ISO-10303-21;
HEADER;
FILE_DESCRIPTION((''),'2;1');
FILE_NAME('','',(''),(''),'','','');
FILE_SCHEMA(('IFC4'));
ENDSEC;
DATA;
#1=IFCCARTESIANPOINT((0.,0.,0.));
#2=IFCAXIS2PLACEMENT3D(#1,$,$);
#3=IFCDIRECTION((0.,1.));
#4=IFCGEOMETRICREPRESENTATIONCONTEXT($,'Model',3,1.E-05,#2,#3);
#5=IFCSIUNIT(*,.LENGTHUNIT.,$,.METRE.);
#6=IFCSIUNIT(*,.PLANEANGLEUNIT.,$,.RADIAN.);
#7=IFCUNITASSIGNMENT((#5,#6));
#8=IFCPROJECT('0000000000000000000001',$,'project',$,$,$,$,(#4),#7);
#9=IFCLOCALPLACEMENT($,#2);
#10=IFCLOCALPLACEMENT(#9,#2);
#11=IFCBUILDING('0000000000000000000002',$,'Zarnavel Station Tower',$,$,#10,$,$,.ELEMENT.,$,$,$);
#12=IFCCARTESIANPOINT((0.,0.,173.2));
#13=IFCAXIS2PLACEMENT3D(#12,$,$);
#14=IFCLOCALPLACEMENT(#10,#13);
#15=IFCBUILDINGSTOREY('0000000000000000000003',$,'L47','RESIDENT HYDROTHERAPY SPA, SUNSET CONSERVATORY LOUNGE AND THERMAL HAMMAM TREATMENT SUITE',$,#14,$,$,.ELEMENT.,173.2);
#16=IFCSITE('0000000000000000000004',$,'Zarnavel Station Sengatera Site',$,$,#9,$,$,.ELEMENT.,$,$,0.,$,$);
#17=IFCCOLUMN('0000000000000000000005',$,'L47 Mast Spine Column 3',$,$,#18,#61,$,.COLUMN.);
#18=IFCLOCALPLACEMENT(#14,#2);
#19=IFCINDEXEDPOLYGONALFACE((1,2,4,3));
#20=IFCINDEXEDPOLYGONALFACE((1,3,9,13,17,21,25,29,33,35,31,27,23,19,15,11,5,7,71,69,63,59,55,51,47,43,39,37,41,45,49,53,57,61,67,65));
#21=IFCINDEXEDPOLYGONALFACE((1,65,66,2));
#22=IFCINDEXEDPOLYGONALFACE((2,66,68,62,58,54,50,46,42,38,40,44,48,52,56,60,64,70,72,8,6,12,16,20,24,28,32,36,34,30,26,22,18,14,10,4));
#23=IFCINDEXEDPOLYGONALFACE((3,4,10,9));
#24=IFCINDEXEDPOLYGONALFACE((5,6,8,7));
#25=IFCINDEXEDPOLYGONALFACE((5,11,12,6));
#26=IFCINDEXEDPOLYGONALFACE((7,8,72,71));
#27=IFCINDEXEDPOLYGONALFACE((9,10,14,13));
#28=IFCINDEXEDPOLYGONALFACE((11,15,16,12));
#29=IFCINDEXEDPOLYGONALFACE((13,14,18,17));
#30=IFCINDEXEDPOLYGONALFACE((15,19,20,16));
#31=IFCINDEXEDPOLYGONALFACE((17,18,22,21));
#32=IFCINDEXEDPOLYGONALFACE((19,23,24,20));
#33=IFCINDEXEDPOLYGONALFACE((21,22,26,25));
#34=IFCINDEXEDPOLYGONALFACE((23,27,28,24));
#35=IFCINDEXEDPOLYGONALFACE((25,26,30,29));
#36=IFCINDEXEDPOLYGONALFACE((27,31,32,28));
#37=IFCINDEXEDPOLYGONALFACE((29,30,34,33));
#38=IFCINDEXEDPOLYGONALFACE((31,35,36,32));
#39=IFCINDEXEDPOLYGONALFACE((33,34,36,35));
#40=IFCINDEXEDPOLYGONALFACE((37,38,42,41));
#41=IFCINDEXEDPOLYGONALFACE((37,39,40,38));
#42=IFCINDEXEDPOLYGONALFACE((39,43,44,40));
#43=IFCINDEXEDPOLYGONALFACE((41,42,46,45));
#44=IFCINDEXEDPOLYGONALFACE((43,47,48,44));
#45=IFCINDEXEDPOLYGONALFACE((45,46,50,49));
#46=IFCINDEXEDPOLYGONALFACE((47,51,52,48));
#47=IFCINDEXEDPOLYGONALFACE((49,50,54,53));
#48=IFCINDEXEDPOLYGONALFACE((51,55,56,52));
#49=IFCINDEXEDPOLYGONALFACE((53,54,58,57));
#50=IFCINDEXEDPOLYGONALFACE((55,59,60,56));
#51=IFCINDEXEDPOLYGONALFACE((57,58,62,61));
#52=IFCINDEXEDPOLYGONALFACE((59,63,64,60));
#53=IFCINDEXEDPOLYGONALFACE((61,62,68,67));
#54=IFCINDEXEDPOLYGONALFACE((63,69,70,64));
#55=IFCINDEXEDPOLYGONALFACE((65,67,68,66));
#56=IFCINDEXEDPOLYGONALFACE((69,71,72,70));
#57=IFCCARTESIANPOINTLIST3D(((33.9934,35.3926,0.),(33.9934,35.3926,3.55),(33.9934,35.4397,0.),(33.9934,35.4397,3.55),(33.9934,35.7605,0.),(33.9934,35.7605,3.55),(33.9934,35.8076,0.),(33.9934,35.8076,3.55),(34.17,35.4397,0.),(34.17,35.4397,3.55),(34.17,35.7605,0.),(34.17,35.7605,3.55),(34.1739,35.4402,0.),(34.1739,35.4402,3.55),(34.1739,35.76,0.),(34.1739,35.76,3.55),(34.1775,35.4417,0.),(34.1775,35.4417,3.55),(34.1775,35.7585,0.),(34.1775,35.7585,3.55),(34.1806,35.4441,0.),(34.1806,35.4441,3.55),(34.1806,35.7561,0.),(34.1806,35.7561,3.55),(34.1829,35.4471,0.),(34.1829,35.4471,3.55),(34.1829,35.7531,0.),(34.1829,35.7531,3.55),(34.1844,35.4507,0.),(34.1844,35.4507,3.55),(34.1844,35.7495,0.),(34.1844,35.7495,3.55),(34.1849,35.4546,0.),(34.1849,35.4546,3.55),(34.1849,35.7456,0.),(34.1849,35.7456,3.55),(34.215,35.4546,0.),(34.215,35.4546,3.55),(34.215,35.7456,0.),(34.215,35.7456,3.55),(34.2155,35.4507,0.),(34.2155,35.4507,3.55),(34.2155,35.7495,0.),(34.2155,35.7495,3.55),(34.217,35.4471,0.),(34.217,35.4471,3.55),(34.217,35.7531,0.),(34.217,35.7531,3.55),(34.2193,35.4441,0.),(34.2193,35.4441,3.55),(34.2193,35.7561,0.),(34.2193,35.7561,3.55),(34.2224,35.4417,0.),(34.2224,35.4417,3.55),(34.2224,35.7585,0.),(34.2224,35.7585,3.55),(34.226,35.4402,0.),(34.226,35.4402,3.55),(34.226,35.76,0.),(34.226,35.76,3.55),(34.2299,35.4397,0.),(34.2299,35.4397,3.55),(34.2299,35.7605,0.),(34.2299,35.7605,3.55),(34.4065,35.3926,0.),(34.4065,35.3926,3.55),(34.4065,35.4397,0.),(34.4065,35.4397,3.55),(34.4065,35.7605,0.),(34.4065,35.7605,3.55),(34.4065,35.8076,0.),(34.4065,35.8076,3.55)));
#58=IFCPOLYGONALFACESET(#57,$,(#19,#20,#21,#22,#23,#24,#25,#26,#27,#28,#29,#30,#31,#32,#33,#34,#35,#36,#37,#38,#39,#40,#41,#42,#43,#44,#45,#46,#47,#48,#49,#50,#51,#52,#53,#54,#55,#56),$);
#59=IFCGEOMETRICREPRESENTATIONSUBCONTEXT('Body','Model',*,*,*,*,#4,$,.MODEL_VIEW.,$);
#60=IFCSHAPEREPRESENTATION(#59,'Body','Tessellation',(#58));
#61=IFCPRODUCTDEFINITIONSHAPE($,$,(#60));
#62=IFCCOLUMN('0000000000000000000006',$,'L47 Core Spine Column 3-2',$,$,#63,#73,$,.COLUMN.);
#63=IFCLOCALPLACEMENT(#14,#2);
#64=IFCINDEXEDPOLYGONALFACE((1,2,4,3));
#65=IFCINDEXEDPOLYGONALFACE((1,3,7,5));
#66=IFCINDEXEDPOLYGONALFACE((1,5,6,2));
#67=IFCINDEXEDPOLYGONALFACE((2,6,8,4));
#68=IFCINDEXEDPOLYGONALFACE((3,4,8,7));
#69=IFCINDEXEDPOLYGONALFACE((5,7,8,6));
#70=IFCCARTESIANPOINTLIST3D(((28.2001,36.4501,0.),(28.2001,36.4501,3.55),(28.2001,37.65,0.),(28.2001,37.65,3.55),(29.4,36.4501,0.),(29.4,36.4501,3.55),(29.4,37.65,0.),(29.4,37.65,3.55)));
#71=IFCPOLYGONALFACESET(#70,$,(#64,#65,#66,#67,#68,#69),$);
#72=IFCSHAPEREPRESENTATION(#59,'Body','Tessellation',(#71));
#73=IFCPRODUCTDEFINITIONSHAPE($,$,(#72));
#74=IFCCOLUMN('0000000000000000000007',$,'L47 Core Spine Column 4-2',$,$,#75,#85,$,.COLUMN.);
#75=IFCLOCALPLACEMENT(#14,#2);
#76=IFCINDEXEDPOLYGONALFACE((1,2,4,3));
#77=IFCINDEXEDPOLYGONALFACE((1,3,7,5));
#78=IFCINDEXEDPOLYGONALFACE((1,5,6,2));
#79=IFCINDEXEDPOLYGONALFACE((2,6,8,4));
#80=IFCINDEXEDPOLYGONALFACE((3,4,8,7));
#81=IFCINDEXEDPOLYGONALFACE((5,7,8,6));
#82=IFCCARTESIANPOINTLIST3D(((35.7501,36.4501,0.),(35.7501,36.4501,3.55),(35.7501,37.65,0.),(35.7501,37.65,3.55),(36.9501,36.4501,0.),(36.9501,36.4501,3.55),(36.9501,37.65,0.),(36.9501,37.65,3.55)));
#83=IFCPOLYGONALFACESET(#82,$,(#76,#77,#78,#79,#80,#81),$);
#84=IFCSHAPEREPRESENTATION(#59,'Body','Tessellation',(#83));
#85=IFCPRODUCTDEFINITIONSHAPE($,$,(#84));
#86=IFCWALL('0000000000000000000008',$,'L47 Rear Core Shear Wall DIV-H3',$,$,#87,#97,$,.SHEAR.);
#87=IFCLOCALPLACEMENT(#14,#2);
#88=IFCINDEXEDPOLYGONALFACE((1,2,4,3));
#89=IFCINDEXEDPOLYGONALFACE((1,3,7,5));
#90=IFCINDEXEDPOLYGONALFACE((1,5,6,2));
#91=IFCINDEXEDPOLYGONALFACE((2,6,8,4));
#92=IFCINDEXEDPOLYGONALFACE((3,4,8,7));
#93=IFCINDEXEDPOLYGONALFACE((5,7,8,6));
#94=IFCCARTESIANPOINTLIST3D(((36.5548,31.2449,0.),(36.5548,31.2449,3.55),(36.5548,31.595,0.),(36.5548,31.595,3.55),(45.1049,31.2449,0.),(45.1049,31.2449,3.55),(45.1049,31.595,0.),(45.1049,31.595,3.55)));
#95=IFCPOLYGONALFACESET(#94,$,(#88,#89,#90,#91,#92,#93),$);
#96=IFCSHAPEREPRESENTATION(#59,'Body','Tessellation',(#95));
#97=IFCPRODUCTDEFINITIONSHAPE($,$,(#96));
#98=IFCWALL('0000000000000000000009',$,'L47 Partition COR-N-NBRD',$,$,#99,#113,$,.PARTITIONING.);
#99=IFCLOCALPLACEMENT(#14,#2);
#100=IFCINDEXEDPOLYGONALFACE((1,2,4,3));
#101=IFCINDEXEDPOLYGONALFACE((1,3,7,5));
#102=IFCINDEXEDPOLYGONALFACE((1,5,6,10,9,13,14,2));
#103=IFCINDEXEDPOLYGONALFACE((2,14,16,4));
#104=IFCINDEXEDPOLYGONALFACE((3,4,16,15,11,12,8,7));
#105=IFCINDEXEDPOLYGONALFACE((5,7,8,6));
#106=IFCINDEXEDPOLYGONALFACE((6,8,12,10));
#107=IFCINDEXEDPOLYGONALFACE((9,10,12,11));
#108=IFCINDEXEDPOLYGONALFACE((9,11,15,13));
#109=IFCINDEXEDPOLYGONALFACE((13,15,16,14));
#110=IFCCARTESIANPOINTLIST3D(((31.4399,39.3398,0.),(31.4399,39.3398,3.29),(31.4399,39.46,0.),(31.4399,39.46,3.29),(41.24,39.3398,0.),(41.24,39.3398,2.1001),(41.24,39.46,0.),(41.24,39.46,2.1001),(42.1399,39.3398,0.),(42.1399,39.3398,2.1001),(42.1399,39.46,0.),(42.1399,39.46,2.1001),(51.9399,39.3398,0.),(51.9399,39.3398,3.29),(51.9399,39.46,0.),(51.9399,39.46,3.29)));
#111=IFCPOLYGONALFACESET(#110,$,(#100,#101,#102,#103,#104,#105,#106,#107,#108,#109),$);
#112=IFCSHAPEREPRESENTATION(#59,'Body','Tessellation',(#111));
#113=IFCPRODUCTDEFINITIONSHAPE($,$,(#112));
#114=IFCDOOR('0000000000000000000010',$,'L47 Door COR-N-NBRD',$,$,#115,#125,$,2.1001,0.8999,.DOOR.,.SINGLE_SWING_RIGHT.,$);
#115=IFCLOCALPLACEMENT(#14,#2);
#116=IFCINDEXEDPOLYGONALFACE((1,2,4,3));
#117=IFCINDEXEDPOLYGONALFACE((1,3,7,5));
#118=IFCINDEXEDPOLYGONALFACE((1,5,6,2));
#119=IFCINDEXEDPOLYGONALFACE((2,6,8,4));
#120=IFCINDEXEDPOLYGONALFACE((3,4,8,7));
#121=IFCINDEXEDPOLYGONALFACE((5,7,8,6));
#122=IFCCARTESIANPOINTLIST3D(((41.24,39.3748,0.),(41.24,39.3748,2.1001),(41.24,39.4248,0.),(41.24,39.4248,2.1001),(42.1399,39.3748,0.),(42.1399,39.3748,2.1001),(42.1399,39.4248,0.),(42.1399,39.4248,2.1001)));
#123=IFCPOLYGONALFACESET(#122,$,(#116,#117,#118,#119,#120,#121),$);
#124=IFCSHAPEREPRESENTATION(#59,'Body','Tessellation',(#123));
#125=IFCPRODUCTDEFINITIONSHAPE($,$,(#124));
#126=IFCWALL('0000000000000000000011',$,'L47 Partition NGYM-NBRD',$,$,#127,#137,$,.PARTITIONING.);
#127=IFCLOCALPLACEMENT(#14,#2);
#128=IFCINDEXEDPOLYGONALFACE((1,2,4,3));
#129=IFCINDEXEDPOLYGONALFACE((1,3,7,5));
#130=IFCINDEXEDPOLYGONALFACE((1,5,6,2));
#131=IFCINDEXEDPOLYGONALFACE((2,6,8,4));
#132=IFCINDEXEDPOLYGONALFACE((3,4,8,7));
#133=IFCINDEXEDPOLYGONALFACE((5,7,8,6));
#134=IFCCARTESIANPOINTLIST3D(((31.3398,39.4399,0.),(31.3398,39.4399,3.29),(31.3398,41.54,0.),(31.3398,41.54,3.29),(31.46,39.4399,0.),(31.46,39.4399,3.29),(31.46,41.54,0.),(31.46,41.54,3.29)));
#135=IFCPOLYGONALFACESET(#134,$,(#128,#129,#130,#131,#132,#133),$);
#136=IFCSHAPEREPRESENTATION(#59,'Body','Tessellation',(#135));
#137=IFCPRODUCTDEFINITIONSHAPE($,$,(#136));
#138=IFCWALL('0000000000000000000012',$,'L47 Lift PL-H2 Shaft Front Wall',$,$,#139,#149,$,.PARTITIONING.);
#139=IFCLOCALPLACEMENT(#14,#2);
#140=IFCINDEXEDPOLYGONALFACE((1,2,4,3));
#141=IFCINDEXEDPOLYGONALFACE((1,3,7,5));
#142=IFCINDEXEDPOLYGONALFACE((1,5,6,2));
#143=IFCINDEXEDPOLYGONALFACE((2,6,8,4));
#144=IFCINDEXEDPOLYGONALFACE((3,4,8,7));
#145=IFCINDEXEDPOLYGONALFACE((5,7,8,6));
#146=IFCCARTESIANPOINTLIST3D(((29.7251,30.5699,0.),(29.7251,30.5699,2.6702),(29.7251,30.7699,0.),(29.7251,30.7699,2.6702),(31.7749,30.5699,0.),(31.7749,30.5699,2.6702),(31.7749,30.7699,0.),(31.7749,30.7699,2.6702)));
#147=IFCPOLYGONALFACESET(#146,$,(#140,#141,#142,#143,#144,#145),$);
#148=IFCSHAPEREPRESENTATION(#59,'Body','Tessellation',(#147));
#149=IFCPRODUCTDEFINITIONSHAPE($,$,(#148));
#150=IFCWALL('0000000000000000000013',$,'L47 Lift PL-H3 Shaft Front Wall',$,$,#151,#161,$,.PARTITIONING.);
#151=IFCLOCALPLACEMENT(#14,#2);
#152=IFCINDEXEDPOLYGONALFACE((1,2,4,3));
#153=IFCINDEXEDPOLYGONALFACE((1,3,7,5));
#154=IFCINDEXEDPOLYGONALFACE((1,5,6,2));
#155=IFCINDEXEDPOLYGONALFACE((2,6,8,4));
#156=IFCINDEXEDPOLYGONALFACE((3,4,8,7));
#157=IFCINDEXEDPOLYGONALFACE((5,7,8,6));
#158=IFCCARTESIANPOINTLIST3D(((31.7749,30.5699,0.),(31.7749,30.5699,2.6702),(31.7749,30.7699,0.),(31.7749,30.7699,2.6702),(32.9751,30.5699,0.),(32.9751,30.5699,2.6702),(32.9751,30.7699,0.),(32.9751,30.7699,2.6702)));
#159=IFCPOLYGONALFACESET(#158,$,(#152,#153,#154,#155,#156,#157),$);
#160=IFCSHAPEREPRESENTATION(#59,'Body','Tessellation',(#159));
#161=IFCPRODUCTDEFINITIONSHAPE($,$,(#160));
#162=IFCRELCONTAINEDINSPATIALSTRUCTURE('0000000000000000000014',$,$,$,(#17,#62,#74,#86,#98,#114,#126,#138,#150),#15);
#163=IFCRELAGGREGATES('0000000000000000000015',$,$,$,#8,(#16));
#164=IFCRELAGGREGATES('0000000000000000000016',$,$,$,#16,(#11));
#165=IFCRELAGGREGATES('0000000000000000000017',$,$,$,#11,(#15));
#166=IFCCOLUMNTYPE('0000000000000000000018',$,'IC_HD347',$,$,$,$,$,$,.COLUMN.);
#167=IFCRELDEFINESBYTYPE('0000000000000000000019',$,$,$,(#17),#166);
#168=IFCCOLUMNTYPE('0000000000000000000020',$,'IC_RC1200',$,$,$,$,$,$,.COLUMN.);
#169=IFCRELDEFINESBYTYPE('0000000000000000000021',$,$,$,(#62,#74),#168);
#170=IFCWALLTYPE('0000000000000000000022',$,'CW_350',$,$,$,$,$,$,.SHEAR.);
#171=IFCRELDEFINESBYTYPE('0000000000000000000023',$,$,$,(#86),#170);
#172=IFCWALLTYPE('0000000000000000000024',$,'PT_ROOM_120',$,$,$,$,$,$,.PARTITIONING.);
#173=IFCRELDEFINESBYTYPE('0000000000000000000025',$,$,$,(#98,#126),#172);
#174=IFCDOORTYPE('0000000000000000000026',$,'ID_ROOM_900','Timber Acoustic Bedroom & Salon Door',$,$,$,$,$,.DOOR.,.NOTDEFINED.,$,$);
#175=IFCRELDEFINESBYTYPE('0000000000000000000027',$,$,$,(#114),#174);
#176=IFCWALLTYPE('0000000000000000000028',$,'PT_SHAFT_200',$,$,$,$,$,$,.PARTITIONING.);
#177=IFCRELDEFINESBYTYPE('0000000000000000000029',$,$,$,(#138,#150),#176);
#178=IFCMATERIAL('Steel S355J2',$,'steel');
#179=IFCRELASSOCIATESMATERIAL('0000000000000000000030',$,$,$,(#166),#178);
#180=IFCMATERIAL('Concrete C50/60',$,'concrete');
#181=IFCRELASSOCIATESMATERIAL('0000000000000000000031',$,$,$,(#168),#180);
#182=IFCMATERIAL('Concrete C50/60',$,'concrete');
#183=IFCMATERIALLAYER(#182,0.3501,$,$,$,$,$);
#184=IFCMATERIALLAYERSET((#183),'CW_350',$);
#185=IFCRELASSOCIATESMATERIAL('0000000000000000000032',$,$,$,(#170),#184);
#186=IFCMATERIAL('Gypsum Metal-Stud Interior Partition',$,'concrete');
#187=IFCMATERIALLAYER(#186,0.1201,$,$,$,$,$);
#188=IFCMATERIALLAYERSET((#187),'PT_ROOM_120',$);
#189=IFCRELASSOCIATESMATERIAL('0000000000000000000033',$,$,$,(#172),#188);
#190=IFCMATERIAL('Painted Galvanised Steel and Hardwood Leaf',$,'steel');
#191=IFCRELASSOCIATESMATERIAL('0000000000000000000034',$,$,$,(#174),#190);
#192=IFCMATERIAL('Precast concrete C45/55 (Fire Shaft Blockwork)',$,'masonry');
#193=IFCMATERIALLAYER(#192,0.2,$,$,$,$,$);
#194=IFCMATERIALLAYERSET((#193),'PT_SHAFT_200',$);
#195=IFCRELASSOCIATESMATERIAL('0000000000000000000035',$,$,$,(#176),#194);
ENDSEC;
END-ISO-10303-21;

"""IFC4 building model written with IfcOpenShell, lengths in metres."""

from ifc_helpers import new_model, si_unit, direction, frame, frame_2d, origin, origin_2d, place, context, subcontext, project, spatial, rectangle, i_section, extrude, material, layer, layer_set, material_profile, profile_set, type_object, element, fill, save


model = new_model("IFC4")

# Units and contexts
model_context = context("Model", 3, precision=1e-05, world=origin(), true_north=direction((0.0, 1.0)))
body_context = subcontext(model_context, "Body", "Model", "MODEL_VIEW")
ifc_project = project(units=[si_unit("LENGTHUNIT", "METRE"), si_unit("PLANEANGLEUNIT", "RADIAN")], contexts=[model_context])

# Site, building, storey
site_placement = place(None, origin())
site = spatial("IfcSite", under=ifc_project, at=site_placement, Name="Zarnavel Station Sengatera Site", CompositionType="ELEMENT", RefElevation=0.0)
building_placement = place(site_placement, origin())
building = spatial("IfcBuilding", under=site, at=building_placement, Name="Zarnavel Station Tower", CompositionType="ELEMENT")
storey_placement = place(building_placement, frame((0.0, 0.0, 173.2)))
storey = spatial("IfcBuildingStorey", under=building, at=storey_placement, Name="L47", Description="RESIDENT HYDROTHERAPY SPA, SUNSET CONSERVATORY LOUNGE AND THERMAL HAMMAM TREATMENT SUITE", CompositionType="ELEMENT", Elevation=173.2)

# Columns
ifc_material_1 = material(Name="Steel S355J2", Category="steel")
ifc_material_profile_1 = material_profile(ifc_material_1, i_section(OverallWidth=0.4131, OverallDepth=0.415, WebThickness=0.03, FlangeThickness=0.0471, FilletRadius=0.0149, at=origin_2d()), Name="HD400x347")
ifc_profile_set_1 = profile_set([ifc_material_profile_1], Name="Steel S355J2")
column_type_1 = type_object("IfcColumnType", Name="IC_HD347", PredefinedType="COLUMN", material=ifc_profile_set_1)
column_placement = place(storey_placement, frame((34.2, 35.6001, 0.0), z_axis=(0.0, 0.0, 1.0), x_axis=(1.0, 0.0, 0.0)))
element("IfcColumn", 1, at=column_placement, inside=storey, type_object=column_type_1, Name="L47 Mast Spine Column 3", PredefinedType="COLUMN", context=body_context, shape_type="SweptSolid", body=[
    extrude(i_section(OverallWidth=0.4131, OverallDepth=0.415, WebThickness=0.03, FlangeThickness=0.0471, FilletRadius=0.0149, at=origin_2d()), origin(), (0.0, 0.0, 1.0), 3.55),
])
ifc_material_2 = material(Name="Concrete C50/60", Category="concrete")
ifc_material_profile_2 = material_profile(ifc_material_2, rectangle(XDim=1.2, YDim=1.2, at=origin_2d()), Name="RC1200x1200")
ifc_profile_set_2 = profile_set([ifc_material_profile_2], Name="Concrete C50/60")
column_type_2 = type_object("IfcColumnType", Name="IC_RC1200", PredefinedType="COLUMN", material=ifc_profile_set_2)
for number, where, z_axis, x_axis, name in (
    (2, (28.8, 37.05, 0.0), (0.0, 0.0, 1.0), (1.0, 0.0, 0.0), "L47 Core Spine Column 3-2"),
    (3, (36.3501, 37.05, 0.0), (0.0, 0.0, 1.0), (1.0, 0.0, 0.0), "L47 Core Spine Column 4-2"),
):
    element("IfcColumn", number, at=place(storey_placement, frame(where, z_axis=z_axis, x_axis=x_axis)), inside=storey, type_object=column_type_2, Name=name, PredefinedType="COLUMN", context=body_context, shape_type="SweptSolid", body=[
        extrude(rectangle(XDim=1.2, YDim=1.2, at=origin_2d()), origin(), (0.0, 0.0, 1.0), 3.55),
    ])

# Wall
ifc_material_3 = material(Name="Concrete C50/60", Category="concrete")
ifc_layer_1 = layer(ifc_material_3, 0.3501)
ifc_layer_set_1 = layer_set([ifc_layer_1], Name="CW_350")
wall_type_1 = type_object("IfcWallType", Name="CW_350", PredefinedType="SHEAR", material=ifc_layer_set_1)
wall_1_placement = place(storey_placement, frame((36.5549, 31.4199, 0.0), z_axis=(0.0, 0.0, 1.0), x_axis=(1.0, 0.0, 0.0)))
element("IfcWall", 4, at=wall_1_placement, inside=storey, type_object=wall_type_1, Name="L47 Rear Core Shear Wall DIV-H3", PredefinedType="SHEAR", context=body_context, shape_type="SweptSolid", body=[
    extrude(rectangle(XDim=8.55, YDim=0.3501, at=frame_2d((4.2749, 0.0))), origin(), (0.0, 0.0, 1.0), 3.55),
])

# Wall, opening, door
ifc_material_4 = material(Name="Gypsum Metal-Stud Interior Partition", Category="concrete")
ifc_layer_2 = layer(ifc_material_4, 0.1201)
ifc_layer_set_2 = layer_set([ifc_layer_2], Name="PT_ROOM_120")
wall_type_2 = type_object("IfcWallType", Name="PT_ROOM_120", PredefinedType="PARTITIONING", material=ifc_layer_set_2)
wall_2_placement = place(storey_placement, frame((31.4399, 39.3999, 0.0), z_axis=(0.0, 0.0, 1.0), x_axis=(1.0, 0.0, 0.0)))
wall_2 = element("IfcWall", 5, at=wall_2_placement, inside=storey, type_object=wall_type_2, Name="L47 Partition COR-N-NBRD", PredefinedType="PARTITIONING", context=body_context, shape_type="SweptSolid", body=[
    extrude(rectangle(XDim=20.5, YDim=0.1201, at=frame_2d((10.25, 0.0))), origin(), (0.0, 0.0, 1.0), 3.29),
])
opening_1_placement = place(wall_2_placement, frame((9.8, 0.0, 0.0)))
opening_1 = element("IfcOpeningElement", 6, at=opening_1_placement, cuts=wall_2, PredefinedType="OPENING", context=body_context, shape_type="SweptSolid", body=[
    extrude(rectangle(XDim=0.8999, YDim=2.1001, at=frame_2d((0.45, 1.05))), frame((0.0, 0.0701, 0.0), z_axis=(0.0, -1.0, 0.0), x_axis=(1.0, 0.0, 0.0)), (0.0, 0.0, 1.0), 0.1401),
])
ifc_material_5 = material(Name="Painted Galvanised Steel and Hardwood Leaf", Category="steel")
door_type_1 = type_object("IfcDoorType", Name="ID_ROOM_900", Description="Timber Acoustic Bedroom & Salon Door", OperationType="NOTDEFINED", PredefinedType="DOOR", material=ifc_material_5)
door_1_placement = place(opening_1_placement, origin())
door_1 = element("IfcDoor", 7, at=door_1_placement, inside=storey, type_object=door_type_1, Name="L47 Door COR-N-NBRD", OperationType="SINGLE_SWING_RIGHT", OverallHeight=2.1001, OverallWidth=0.8999, PredefinedType="DOOR", context=body_context, shape_type="SweptSolid", body=[
    extrude(rectangle(XDim=0.8999, YDim=2.1001, at=frame_2d((0.45, 1.05))), frame((0.0, 0.0249, 0.0), z_axis=(0.0, -1.0, 0.0), x_axis=(1.0, 0.0, 0.0)), (0.0, 0.0, 1.0), 0.05),
])
fill(opening_1, door_1)

# Wall
wall_3_placement = place(storey_placement, frame((31.3999, 39.4399, 0.0), z_axis=(0.0, 0.0, 1.0), x_axis=(0.0, 1.0, 0.0)))
element("IfcWall", 8, at=wall_3_placement, inside=storey, type_object=wall_type_2, Name="L47 Partition NGYM-NBRD", PredefinedType="PARTITIONING", context=body_context, shape_type="SweptSolid", body=[
    extrude(rectangle(XDim=2.1001, YDim=0.1201, at=frame_2d((1.05, 0.0))), origin(), (0.0, 0.0, 1.0), 3.29),
])

# Shared definitions
ifc_material_6 = material(Name="Precast concrete C45/55 (Fire Shaft Blockwork)", Category="masonry")
ifc_layer_3 = layer(ifc_material_6, 0.2)
ifc_layer_set_3 = layer_set([ifc_layer_3], Name="PT_SHAFT_200")
wall_type_3 = type_object("IfcWallType", Name="PT_SHAFT_200", PredefinedType="PARTITIONING", material=ifc_layer_set_3)

# Walls
wall_4_placement = place(storey_placement, frame((29.7251, 30.6699, 0.0), z_axis=(0.0, 0.0, 1.0), x_axis=(1.0, 0.0, 0.0)))
element("IfcWall", 9, at=wall_4_placement, inside=storey, type_object=wall_type_3, Name="L47 Lift PL-H2 Shaft Front Wall", PredefinedType="PARTITIONING", context=body_context, shape_type="SweptSolid", body=[
    extrude(rectangle(XDim=2.0498, YDim=0.2, at=frame_2d((1.0249, 0.0))), origin(), (0.0, 0.0, 1.0), 2.6702),
])
wall_5_placement = place(storey_placement, frame((31.7749, 30.6699, 0.0), z_axis=(0.0, 0.0, 1.0), x_axis=(1.0, 0.0, 0.0)))
element("IfcWall", 10, at=wall_5_placement, inside=storey, type_object=wall_type_3, Name="L47 Lift PL-H3 Shaft Front Wall", PredefinedType="PARTITIONING", context=body_context, shape_type="SweptSolid", body=[
    extrude(rectangle(XDim=1.2002, YDim=0.2, at=frame_2d((0.6001, 0.0))), origin(), (0.0, 0.0, 1.0), 2.6702),
])

save(model, "model.ifc")
